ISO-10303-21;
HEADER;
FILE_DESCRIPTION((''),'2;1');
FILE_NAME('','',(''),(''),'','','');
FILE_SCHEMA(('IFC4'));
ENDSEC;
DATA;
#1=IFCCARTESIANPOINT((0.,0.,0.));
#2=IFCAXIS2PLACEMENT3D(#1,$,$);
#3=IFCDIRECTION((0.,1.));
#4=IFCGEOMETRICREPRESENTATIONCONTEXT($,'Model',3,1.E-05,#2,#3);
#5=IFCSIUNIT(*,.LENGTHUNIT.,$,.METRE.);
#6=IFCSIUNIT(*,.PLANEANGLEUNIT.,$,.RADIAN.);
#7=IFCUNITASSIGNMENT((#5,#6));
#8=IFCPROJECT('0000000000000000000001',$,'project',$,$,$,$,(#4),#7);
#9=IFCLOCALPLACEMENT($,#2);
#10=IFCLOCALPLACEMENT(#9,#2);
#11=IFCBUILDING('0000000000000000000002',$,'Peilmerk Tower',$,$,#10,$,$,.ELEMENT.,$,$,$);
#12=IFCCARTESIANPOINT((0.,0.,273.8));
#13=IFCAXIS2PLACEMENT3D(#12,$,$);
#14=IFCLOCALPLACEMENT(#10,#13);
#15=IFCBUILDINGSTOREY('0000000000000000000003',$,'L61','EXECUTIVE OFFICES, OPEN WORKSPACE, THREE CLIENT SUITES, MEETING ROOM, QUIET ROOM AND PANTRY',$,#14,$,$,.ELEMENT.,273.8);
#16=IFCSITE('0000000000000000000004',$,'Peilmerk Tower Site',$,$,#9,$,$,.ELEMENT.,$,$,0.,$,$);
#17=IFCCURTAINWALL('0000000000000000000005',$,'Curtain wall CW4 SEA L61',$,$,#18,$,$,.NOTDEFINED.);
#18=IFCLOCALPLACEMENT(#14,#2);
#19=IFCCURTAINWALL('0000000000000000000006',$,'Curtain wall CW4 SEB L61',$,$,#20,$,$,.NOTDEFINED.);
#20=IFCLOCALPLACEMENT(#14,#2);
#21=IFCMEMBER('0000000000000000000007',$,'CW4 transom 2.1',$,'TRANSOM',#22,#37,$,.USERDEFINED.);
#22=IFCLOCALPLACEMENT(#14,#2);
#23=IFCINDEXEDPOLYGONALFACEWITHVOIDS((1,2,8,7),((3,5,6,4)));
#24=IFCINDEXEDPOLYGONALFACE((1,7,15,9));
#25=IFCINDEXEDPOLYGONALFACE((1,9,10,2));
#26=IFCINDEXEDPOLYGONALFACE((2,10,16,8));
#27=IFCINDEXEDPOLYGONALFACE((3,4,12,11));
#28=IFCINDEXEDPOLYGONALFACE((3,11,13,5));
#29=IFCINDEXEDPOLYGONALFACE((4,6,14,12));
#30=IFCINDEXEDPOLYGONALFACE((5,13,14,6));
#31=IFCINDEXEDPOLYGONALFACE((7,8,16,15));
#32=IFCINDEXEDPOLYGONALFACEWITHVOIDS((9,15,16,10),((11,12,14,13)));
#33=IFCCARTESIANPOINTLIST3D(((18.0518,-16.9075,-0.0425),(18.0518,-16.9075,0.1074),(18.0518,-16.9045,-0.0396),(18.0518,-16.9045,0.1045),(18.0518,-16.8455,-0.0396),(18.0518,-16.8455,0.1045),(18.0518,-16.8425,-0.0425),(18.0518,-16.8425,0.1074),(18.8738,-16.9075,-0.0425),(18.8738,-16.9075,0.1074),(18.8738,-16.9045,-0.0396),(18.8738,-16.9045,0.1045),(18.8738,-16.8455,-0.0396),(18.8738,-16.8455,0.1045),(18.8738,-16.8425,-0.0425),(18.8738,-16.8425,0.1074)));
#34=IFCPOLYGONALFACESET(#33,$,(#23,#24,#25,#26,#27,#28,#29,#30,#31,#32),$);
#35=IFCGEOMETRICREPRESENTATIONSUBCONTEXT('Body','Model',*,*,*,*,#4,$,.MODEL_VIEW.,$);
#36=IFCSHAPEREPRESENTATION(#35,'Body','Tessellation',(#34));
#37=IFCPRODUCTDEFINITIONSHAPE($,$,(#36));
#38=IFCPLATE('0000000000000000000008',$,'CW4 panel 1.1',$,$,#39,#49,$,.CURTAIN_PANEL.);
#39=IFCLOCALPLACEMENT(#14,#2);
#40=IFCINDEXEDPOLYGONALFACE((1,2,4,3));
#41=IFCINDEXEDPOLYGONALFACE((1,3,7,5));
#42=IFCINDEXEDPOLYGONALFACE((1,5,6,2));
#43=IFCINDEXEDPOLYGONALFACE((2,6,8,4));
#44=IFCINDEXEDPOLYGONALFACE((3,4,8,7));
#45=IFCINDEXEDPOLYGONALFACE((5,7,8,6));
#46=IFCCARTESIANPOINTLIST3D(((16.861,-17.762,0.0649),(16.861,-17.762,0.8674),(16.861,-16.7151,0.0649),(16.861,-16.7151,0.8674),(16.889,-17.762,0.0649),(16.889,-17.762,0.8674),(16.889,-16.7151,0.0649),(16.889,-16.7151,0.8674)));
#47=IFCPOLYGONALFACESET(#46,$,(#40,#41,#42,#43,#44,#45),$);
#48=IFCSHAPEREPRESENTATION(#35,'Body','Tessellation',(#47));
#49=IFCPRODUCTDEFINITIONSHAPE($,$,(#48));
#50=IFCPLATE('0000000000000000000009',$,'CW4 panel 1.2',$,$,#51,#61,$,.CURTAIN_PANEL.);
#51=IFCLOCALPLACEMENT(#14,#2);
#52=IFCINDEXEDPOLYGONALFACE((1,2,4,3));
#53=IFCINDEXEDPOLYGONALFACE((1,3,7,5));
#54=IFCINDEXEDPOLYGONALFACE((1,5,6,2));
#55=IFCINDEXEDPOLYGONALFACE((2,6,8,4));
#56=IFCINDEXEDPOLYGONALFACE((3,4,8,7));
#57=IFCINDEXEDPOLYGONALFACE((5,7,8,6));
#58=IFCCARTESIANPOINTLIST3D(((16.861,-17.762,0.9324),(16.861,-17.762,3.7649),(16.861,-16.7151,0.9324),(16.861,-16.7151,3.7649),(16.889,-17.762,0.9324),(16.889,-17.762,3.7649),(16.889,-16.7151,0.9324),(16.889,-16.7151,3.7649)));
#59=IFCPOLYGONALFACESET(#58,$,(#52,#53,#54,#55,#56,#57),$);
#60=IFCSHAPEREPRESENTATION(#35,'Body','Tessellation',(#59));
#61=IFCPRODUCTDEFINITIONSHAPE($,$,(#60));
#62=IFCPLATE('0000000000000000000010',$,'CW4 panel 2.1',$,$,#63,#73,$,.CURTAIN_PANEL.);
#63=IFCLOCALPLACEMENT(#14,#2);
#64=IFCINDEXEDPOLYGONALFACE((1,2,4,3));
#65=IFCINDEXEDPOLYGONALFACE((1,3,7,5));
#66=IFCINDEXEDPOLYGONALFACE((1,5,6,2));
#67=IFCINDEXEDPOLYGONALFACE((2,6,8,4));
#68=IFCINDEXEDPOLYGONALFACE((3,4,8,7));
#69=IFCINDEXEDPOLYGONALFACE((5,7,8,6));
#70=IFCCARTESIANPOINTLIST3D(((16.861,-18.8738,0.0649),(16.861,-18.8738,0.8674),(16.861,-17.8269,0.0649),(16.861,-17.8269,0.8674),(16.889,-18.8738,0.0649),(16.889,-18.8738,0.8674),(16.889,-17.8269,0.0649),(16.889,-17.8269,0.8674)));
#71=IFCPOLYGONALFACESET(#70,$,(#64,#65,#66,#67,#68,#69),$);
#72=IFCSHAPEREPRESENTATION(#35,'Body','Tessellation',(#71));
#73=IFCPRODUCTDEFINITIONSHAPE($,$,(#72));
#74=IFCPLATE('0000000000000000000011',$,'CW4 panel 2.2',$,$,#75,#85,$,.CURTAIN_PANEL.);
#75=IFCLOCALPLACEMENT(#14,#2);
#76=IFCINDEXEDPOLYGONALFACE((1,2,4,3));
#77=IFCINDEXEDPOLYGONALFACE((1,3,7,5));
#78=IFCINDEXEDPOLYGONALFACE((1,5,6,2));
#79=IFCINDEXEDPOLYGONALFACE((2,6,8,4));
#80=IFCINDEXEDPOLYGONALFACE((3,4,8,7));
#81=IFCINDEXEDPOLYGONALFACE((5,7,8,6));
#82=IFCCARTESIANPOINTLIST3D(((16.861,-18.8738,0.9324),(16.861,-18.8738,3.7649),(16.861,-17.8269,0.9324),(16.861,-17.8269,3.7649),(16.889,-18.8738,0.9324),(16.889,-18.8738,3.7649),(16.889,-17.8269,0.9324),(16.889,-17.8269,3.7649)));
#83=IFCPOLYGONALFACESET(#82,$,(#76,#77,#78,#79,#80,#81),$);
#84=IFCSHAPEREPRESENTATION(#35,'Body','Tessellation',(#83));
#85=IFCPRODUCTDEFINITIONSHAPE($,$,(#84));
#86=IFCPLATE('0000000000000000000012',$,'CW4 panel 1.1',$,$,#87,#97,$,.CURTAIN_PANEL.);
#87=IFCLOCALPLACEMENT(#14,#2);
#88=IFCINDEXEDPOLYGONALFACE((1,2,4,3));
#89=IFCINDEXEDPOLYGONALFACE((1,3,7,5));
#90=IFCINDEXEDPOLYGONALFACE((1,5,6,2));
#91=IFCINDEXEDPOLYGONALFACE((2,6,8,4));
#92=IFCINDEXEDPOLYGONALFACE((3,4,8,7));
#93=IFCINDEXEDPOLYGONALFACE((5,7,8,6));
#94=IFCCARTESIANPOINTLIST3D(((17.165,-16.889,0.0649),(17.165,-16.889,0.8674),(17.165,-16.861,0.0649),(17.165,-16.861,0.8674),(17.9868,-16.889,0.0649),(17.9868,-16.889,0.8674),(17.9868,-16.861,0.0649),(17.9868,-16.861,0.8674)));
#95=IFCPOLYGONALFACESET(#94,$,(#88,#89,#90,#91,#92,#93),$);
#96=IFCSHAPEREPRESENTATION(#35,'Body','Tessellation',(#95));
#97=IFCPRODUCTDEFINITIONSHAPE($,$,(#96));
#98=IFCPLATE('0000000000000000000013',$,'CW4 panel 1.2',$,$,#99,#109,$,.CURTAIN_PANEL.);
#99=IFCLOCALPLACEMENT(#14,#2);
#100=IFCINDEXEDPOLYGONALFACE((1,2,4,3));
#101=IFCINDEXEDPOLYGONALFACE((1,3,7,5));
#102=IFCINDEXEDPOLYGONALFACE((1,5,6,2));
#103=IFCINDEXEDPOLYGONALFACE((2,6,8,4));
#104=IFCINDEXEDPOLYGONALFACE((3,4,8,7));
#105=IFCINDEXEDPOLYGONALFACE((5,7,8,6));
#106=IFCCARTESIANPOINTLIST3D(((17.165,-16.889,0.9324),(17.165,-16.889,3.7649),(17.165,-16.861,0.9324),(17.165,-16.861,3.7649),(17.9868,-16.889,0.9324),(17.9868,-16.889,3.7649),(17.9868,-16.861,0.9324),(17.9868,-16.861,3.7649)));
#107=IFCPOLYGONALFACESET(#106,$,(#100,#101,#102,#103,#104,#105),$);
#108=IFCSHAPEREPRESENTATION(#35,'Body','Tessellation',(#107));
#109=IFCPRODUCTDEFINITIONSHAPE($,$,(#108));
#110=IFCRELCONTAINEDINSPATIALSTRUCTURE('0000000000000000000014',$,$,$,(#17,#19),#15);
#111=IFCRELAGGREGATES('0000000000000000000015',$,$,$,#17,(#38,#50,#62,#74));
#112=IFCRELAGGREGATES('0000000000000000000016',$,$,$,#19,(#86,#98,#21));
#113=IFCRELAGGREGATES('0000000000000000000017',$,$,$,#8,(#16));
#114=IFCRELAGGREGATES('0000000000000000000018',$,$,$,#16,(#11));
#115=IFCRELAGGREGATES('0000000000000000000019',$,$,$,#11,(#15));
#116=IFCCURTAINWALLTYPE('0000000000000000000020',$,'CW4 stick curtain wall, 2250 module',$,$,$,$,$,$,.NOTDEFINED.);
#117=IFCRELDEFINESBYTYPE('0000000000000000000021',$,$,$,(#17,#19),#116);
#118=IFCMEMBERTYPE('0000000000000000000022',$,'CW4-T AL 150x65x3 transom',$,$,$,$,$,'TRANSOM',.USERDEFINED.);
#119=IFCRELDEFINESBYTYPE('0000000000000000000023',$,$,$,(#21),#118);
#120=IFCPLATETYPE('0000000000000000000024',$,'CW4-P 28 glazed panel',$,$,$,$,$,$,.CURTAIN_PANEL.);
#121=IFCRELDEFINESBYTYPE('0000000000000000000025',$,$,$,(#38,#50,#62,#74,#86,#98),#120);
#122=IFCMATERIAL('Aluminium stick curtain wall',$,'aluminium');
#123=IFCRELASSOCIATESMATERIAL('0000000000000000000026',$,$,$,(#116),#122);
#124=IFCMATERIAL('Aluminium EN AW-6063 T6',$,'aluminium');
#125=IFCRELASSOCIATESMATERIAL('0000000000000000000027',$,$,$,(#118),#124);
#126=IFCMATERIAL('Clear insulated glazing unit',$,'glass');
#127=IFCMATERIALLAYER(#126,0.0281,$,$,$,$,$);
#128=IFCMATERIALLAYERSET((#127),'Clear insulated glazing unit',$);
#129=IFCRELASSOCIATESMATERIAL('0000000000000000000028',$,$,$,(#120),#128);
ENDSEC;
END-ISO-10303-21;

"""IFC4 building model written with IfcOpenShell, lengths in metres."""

from ifc_helpers import new_model, si_unit, direction, frame, origin, origin_2d, place, context, subcontext, project, spatial, rectangle, hollow_rectangle, extrude, material, layer, layer_set, material_profile, profile_set, type_object, element, aggregate, save


model = new_model("IFC4")

# Units and contexts
model_context = context("Model", 3, precision=1e-05, world=origin(), true_north=direction((0.0, 1.0)))
body_context = subcontext(model_context, "Body", "Model", "MODEL_VIEW")
ifc_project = project(units=[si_unit("LENGTHUNIT", "METRE"), si_unit("PLANEANGLEUNIT", "RADIAN")], contexts=[model_context])

# Site, building, storey
site_placement = place(None, origin())
site = spatial("IfcSite", under=ifc_project, at=site_placement, Name="Peilmerk Tower Site", CompositionType="ELEMENT", RefElevation=0.0)
building_placement = place(site_placement, origin())
building = spatial("IfcBuilding", under=site, at=building_placement, Name="Peilmerk Tower", CompositionType="ELEMENT")
storey_placement = place(building_placement, frame((0.0, 0.0, 273.8)))
storey = spatial("IfcBuildingStorey", under=building, at=storey_placement, Name="L61", Description="EXECUTIVE OFFICES, OPEN WORKSPACE, THREE CLIENT SUITES, MEETING ROOM, QUIET ROOM AND PANTRY", CompositionType="ELEMENT", Elevation=273.8)

# Curtain walls
ifc_material_1 = material(Name="Aluminium stick curtain wall", Category="aluminium")
curtain_wall_type = type_object("IfcCurtainWallType", Name="CW4 stick curtain wall, 2250 module", PredefinedType="NOTDEFINED", material=ifc_material_1)
curtain_wall_1_placement = place(storey_placement, origin())
curtain_wall_1 = element("IfcCurtainWall", 1, at=curtain_wall_1_placement, inside=storey, type_object=curtain_wall_type, Name="Curtain wall CW4 SEA L61", PredefinedType="NOTDEFINED")
ifc_material_2 = material(Name="Aluminium EN AW-6063 T6", Category="aluminium")
curtain_wall_2_placement = place(storey_placement, origin())
curtain_wall_2 = element("IfcCurtainWall", 2, at=curtain_wall_2_placement, inside=storey, type_object=curtain_wall_type, Name="Curtain wall CW4 SEB L61", PredefinedType="NOTDEFINED")

# Member
ifc_material_profile_1 = material_profile(ifc_material_2, hollow_rectangle(XDim=0.0649, YDim=0.1499, WallThickness=0.0029, at=origin_2d()), Name="AL 150x65x3")
ifc_profile_set_1 = profile_set([ifc_material_profile_1], Name="Aluminium EN AW-6063 T6")
member_type_1 = type_object("IfcMemberType", Name="CW4-T AL 150x65x3 transom", ElementType="TRANSOM", PredefinedType="USERDEFINED", material=ifc_profile_set_1)
member_1_placement = place(storey_placement, frame((18.0518, -16.875, 0.0325), z_axis=(1.0, 0.0, 0.0), x_axis=(0.0, 1.0, 0.0)))
member_1 = element("IfcMember", 3, at=member_1_placement, type_object=member_type_1, Name="CW4 transom 2.1", ObjectType="TRANSOM", PredefinedType="USERDEFINED", context=body_context, shape_type="SweptSolid", body=[
    extrude(hollow_rectangle(XDim=0.0649, YDim=0.1499, WallThickness=0.0029, at=origin_2d()), origin(), (0.0, 0.0, 1.0), 0.822),
])

# Plates
ifc_material_3 = material(Name="Clear insulated glazing unit", Category="glass")
ifc_layer_1 = layer(ifc_material_3, 0.0281)
ifc_layer_set_1 = layer_set([ifc_layer_1], Name="Clear insulated glazing unit")
plate_type = type_object("IfcPlateType", Name="CW4-P 28 glazed panel", PredefinedType="CURTAIN_PANEL", material=ifc_layer_set_1)
plate_1_placement = place(storey_placement, frame((16.875, -17.2385, 0.0649), z_axis=(0.0, 0.0, 1.0), x_axis=(0.0, -1.0, 0.0)))
plate_1 = element("IfcPlate", 4, at=plate_1_placement, type_object=plate_type, Name="CW4 panel 1.1", PredefinedType="CURTAIN_PANEL", context=body_context, shape_type="SweptSolid", body=[
    extrude(rectangle(XDim=1.0469, YDim=0.0281, at=origin_2d()), origin(), (0.0, 0.0, 1.0), 0.8025),
])
plate_2_placement = place(storey_placement, frame((16.875, -17.2385, 0.9324), z_axis=(0.0, 0.0, 1.0), x_axis=(0.0, -1.0, 0.0)))
plate_2 = element("IfcPlate", 5, at=plate_2_placement, type_object=plate_type, Name="CW4 panel 1.2", PredefinedType="CURTAIN_PANEL", context=body_context, shape_type="SweptSolid", body=[
    extrude(rectangle(XDim=1.0469, YDim=0.0281, at=origin_2d()), origin(), (0.0, 0.0, 1.0), 2.8325),
])
plate_3_placement = place(storey_placement, frame((16.875, -18.3503, 0.0649), z_axis=(0.0, 0.0, 1.0), x_axis=(0.0, -1.0, 0.0)))
plate_3 = element("IfcPlate", 6, at=plate_3_placement, type_object=plate_type, Name="CW4 panel 2.1", PredefinedType="CURTAIN_PANEL", context=body_context, shape_type="SweptSolid", body=[
    extrude(rectangle(XDim=1.0469, YDim=0.0281, at=origin_2d()), origin(), (0.0, 0.0, 1.0), 0.8025),
])
plate_4_placement = place(storey_placement, frame((16.875, -18.3503, 0.9324), z_axis=(0.0, 0.0, 1.0), x_axis=(0.0, -1.0, 0.0)))
plate_4 = element("IfcPlate", 7, at=plate_4_placement, type_object=plate_type, Name="CW4 panel 2.2", PredefinedType="CURTAIN_PANEL", context=body_context, shape_type="SweptSolid", body=[
    extrude(rectangle(XDim=1.0469, YDim=0.0281, at=origin_2d()), origin(), (0.0, 0.0, 1.0), 2.8325),
])
aggregate(curtain_wall_1, [plate_1, plate_2, plate_3, plate_4])
plate_5_placement = place(storey_placement, frame((17.5759, -16.875, 0.0649), z_axis=(0.0, 0.0, 1.0), x_axis=(1.0, 0.0, 0.0)))
plate_5 = element("IfcPlate", 8, at=plate_5_placement, type_object=plate_type, Name="CW4 panel 1.1", PredefinedType="CURTAIN_PANEL", context=body_context, shape_type="SweptSolid", body=[
    extrude(rectangle(XDim=0.8218, YDim=0.0281, at=origin_2d()), origin(), (0.0, 0.0, 1.0), 0.8025),
])
plate_6_placement = place(storey_placement, frame((17.5759, -16.875, 0.9324), z_axis=(0.0, 0.0, 1.0), x_axis=(1.0, 0.0, 0.0)))
plate_6 = element("IfcPlate", 9, at=plate_6_placement, type_object=plate_type, Name="CW4 panel 1.2", PredefinedType="CURTAIN_PANEL", context=body_context, shape_type="SweptSolid", body=[
    extrude(rectangle(XDim=0.8218, YDim=0.0281, at=origin_2d()), origin(), (0.0, 0.0, 1.0), 2.8325),
])
aggregate(curtain_wall_2, [plate_5, plate_6, member_1])

save(model, "model.ifc")
